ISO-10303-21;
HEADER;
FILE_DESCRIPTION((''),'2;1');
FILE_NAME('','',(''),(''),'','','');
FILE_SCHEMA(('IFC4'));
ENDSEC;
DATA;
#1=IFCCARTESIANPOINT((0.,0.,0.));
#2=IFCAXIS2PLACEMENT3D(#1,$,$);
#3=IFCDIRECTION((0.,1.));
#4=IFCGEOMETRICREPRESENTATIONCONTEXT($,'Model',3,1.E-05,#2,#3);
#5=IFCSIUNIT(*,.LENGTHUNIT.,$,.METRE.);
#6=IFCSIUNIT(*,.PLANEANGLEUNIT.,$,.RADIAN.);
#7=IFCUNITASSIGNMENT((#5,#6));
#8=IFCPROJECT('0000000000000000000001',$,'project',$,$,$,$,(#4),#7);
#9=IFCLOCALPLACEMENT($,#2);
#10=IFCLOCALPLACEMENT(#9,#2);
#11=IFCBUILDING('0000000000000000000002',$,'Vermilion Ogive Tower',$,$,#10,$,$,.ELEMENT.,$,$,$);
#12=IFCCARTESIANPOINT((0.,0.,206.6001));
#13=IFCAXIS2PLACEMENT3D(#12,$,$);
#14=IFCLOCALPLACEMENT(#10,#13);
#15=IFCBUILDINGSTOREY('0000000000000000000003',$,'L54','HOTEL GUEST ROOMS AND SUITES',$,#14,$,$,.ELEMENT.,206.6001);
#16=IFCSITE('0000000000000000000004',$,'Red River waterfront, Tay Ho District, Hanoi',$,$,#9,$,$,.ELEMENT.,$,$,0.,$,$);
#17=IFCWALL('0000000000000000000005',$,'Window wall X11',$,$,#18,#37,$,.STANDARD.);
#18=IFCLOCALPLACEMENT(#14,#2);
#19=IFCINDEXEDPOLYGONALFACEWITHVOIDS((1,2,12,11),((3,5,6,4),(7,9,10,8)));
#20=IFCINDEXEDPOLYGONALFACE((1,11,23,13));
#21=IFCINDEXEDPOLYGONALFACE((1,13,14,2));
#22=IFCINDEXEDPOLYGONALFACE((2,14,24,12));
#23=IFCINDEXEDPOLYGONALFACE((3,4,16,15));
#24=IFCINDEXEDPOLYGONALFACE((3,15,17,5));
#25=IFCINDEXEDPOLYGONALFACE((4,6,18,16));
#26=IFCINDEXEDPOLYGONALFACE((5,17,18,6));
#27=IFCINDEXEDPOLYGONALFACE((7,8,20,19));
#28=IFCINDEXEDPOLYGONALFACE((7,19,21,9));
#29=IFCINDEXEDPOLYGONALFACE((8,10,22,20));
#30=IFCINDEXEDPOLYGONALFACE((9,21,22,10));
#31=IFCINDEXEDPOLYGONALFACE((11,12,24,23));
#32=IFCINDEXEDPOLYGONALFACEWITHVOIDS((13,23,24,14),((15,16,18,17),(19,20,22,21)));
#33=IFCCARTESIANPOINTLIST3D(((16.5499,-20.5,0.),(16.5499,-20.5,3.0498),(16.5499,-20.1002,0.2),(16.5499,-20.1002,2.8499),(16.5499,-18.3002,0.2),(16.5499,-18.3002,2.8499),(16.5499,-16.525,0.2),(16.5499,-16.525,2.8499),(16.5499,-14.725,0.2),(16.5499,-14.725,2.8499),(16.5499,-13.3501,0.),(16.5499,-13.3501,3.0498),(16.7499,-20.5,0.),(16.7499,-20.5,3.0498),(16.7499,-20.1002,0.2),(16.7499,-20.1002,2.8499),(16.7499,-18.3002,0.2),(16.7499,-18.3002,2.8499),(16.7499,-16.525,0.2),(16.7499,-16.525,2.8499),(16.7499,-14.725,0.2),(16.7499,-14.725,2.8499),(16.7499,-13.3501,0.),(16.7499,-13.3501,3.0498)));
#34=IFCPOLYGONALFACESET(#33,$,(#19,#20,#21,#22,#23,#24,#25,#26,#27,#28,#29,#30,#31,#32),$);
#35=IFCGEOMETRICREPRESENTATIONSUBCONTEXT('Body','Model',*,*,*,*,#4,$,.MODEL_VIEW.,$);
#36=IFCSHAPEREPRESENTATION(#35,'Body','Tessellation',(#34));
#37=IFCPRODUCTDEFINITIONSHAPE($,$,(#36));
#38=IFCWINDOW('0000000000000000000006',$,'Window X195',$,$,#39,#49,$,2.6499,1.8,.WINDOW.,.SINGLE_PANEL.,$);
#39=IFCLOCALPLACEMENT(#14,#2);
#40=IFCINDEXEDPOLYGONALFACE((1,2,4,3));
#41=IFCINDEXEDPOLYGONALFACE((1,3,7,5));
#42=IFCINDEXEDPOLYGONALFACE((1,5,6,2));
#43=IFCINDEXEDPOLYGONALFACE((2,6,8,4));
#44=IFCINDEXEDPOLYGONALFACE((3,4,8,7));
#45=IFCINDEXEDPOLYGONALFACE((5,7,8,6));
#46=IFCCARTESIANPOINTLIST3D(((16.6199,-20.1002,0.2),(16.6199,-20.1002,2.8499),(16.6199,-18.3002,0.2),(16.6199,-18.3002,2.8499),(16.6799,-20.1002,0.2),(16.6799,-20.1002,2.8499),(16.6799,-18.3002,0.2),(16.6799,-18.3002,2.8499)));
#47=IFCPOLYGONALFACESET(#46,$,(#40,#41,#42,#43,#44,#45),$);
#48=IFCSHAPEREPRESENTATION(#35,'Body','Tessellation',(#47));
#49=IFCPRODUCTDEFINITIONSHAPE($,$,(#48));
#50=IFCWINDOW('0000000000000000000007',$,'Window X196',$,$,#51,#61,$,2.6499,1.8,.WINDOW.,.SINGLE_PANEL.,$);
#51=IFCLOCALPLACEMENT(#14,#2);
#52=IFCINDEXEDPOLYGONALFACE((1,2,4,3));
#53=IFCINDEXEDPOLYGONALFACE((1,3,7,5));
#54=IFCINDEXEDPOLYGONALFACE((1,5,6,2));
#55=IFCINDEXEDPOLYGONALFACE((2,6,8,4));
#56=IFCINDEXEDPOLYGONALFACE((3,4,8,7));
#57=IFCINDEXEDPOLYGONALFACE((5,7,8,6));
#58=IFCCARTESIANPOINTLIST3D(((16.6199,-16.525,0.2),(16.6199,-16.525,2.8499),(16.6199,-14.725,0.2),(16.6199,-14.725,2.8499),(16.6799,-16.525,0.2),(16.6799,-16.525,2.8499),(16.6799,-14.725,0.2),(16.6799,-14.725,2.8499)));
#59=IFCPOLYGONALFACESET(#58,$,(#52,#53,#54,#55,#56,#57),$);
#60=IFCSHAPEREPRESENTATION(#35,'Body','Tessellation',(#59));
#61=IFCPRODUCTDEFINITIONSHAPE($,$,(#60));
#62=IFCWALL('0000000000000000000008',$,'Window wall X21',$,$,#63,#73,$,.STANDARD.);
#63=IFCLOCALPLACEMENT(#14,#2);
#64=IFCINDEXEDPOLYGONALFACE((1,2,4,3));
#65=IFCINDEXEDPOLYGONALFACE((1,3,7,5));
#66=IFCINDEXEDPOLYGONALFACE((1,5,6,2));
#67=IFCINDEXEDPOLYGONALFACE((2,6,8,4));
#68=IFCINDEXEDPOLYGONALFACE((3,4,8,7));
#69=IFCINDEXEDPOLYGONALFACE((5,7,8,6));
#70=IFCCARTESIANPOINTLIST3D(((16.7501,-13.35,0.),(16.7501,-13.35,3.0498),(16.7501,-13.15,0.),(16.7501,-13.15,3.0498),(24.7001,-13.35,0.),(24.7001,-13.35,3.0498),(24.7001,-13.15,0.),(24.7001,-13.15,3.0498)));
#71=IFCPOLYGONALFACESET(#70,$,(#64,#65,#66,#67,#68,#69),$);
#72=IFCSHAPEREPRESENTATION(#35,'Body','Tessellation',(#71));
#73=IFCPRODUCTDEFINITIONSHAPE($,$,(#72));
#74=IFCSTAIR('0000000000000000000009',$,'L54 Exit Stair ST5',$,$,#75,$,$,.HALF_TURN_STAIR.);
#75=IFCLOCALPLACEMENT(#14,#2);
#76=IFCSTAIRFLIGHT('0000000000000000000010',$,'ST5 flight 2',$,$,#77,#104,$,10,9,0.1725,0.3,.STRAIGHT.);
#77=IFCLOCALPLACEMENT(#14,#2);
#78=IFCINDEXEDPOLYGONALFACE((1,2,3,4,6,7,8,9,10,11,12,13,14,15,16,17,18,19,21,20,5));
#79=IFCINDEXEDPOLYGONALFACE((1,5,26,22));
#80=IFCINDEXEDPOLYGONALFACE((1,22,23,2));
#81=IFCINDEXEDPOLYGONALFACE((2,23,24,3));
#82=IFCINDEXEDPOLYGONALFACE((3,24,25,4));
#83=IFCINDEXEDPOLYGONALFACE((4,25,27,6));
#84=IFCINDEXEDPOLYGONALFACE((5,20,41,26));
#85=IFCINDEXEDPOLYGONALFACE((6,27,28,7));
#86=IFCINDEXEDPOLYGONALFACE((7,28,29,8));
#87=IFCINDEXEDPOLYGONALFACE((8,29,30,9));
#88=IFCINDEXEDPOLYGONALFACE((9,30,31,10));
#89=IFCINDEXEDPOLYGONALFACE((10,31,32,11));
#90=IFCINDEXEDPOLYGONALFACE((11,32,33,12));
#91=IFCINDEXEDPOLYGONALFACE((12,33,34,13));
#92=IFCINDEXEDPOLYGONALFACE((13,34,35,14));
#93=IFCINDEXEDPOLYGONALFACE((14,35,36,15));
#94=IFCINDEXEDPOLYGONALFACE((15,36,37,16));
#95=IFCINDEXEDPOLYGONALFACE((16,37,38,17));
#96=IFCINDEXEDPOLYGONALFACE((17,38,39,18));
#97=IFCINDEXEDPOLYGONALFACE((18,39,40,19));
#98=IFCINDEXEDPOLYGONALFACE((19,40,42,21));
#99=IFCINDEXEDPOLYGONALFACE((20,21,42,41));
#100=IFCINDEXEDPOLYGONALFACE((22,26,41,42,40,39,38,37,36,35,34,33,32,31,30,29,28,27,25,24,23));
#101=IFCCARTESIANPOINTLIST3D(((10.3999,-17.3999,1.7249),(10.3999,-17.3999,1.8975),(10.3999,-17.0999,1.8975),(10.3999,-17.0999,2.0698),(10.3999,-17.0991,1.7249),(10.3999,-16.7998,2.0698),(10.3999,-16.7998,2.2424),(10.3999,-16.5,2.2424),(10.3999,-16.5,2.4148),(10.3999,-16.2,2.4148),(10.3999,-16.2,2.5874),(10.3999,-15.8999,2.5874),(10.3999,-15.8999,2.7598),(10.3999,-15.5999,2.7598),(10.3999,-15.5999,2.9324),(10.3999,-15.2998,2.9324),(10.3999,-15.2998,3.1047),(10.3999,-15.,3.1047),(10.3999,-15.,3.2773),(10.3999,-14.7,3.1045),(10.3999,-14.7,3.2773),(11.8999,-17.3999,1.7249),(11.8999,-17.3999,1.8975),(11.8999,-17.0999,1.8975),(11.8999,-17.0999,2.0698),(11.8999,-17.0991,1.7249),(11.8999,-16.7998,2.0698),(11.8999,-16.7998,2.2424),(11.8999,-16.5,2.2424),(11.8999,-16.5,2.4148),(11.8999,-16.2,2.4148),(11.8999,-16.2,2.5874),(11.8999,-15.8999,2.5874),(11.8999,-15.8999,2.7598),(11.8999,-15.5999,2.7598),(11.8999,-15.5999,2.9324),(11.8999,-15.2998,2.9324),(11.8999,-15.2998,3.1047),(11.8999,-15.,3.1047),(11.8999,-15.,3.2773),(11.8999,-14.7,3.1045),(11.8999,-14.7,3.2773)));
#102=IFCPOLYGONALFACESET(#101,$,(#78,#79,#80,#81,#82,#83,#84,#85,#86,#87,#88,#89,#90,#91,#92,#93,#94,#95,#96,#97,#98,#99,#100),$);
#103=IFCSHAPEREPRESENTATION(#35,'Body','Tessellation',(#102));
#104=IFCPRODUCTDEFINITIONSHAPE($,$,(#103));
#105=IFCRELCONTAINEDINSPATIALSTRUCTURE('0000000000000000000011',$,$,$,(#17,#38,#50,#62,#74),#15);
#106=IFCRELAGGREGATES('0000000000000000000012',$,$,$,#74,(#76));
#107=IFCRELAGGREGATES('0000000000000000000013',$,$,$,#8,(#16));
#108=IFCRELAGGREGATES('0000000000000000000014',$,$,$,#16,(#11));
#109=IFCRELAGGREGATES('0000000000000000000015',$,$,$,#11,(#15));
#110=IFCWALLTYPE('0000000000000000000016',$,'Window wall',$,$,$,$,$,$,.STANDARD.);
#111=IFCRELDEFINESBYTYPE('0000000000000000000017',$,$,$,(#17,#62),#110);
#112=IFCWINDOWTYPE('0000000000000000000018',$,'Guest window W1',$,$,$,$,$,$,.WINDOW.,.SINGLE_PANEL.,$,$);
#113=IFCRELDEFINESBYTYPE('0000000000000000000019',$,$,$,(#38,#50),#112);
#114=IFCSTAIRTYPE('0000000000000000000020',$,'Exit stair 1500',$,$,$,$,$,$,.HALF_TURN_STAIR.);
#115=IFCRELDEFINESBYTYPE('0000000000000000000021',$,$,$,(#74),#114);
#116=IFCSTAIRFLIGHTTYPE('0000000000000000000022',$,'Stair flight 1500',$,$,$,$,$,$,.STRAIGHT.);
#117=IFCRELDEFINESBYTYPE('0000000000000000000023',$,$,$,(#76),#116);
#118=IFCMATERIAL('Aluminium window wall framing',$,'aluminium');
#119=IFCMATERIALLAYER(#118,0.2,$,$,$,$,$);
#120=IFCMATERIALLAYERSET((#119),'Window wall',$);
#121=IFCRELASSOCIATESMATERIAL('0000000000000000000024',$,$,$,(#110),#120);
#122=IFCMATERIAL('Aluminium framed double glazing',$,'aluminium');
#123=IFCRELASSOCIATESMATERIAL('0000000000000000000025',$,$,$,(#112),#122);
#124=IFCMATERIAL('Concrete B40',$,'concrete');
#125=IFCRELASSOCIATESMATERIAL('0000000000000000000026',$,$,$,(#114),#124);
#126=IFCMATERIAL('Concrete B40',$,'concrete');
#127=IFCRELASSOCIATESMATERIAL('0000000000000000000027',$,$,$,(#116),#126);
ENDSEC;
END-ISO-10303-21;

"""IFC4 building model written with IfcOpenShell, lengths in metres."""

from ifc_helpers import new_model, si_unit, direction, frame, frame_2d, origin, place, context, subcontext, project, spatial, polyline, rectangle, outline, extrude, material, layer, layer_set, type_object, element, fill, aggregate, save


model = new_model("IFC4")

# Units and contexts
model_context = context("Model", 3, precision=1e-05, world=origin(), true_north=direction((0.0, 1.0)))
body_context = subcontext(model_context, "Body", "Model", "MODEL_VIEW")
ifc_project = project(units=[si_unit("LENGTHUNIT", "METRE"), si_unit("PLANEANGLEUNIT", "RADIAN")], contexts=[model_context])

# Site, building, storey
site_placement = place(None, origin())
site = spatial("IfcSite", under=ifc_project, at=site_placement, Name="Red River waterfront, Tay Ho District, Hanoi", CompositionType="ELEMENT", RefElevation=0.0)
building_placement = place(site_placement, origin())
building = spatial("IfcBuilding", under=site, at=building_placement, Name="Vermilion Ogive Tower", CompositionType="ELEMENT")
storey_placement = place(building_placement, frame((0.0, 0.0, 206.6001)))
storey = spatial("IfcBuildingStorey", under=building, at=storey_placement, Name="L54", Description="HOTEL GUEST ROOMS AND SUITES", CompositionType="ELEMENT", Elevation=206.6001)

# Wall, openings, windows
ifc_material_1 = material(Name="Aluminium window wall framing", Category="aluminium")
ifc_layer_1 = layer(ifc_material_1, 0.2)
ifc_layer_set_1 = layer_set([ifc_layer_1], Name="Window wall")
wall_type_1 = type_object("IfcWallType", Name="Window wall", PredefinedType="STANDARD", material=ifc_layer_set_1)
wall_1_placement = place(storey_placement, frame((16.6499, -20.5, 0.0), z_axis=(0.0, 0.0, 1.0), x_axis=(0.0, 1.0, 0.0)))
wall_1 = element("IfcWall", 1, at=wall_1_placement, inside=storey, type_object=wall_type_1, Name="Window wall X11", PredefinedType="STANDARD", context=body_context, shape_type="SweptSolid", body=[
    extrude(rectangle(XDim=7.1499, YDim=0.2, at=frame_2d((3.575, 0.0))), origin(), (0.0, 0.0, 1.0), 3.0498),
])
opening_1_placement = place(wall_1_placement, frame((0.3999, 0.0, 0.2)))
opening_1 = element("IfcOpeningElement", 2, at=opening_1_placement, cuts=wall_1, PredefinedType="OPENING", context=body_context, shape_type="SweptSolid", body=[
    extrude(rectangle(XDim=1.8, YDim=2.6499, at=frame_2d((0.8999, 1.325))), frame((0.0, 0.1099, 0.0), z_axis=(0.0, -1.0, 0.0), x_axis=(1.0, 0.0, 0.0)), (0.0, 0.0, 1.0), 0.22),
])
opening_2_placement = place(wall_1_placement, frame((3.9751, 0.0, 0.2)))
opening_2 = element("IfcOpeningElement", 3, at=opening_2_placement, cuts=wall_1, PredefinedType="OPENING", context=body_context, shape_type="SweptSolid", body=[
    extrude(rectangle(XDim=1.8, YDim=2.6499, at=frame_2d((0.8999, 1.325))), frame((0.0, 0.1099, 0.0), z_axis=(0.0, -1.0, 0.0), x_axis=(1.0, 0.0, 0.0)), (0.0, 0.0, 1.0), 0.22),
])
ifc_material_2 = material(Name="Aluminium framed double glazing", Category="aluminium")
window_type = type_object("IfcWindowType", Name="Guest window W1", PartitioningType="SINGLE_PANEL", PredefinedType="WINDOW", material=ifc_material_2)
window_1_placement = place(opening_1_placement, origin())
window_1 = element("IfcWindow", 4, at=window_1_placement, inside=storey, type_object=window_type, Name="Window X195", OverallHeight=2.6499, OverallWidth=1.8, PartitioningType="SINGLE_PANEL", PredefinedType="WINDOW", context=body_context, shape_type="SweptSolid", body=[
    extrude(rectangle(XDim=1.8, YDim=2.6499, at=frame_2d((0.8999, 1.325))), frame((0.0, 0.03, 0.0), z_axis=(0.0, -1.0, 0.0), x_axis=(1.0, 0.0, 0.0)), (0.0, 0.0, 1.0), 0.0601),
])
fill(opening_1, window_1)
window_2_placement = place(opening_2_placement, origin())
window_2 = element("IfcWindow", 5, at=window_2_placement, inside=storey, type_object=window_type, Name="Window X196", OverallHeight=2.6499, OverallWidth=1.8, PartitioningType="SINGLE_PANEL", PredefinedType="WINDOW", context=body_context, shape_type="SweptSolid", body=[
    extrude(rectangle(XDim=1.8, YDim=2.6499, at=frame_2d((0.8999, 1.325))), frame((0.0, 0.03, 0.0), z_axis=(0.0, -1.0, 0.0), x_axis=(1.0, 0.0, 0.0)), (0.0, 0.0, 1.0), 0.0601),
])
fill(opening_2, window_2)

# Wall
wall_2_placement = place(storey_placement, frame((16.75, -13.25, 0.0), z_axis=(0.0, 0.0, 1.0), x_axis=(1.0, 0.0, 0.0)))
element("IfcWall", 6, at=wall_2_placement, inside=storey, type_object=wall_type_1, Name="Window wall X21", PredefinedType="STANDARD", context=body_context, shape_type="SweptSolid", body=[
    extrude(rectangle(XDim=7.95, YDim=0.2, at=frame_2d((3.9751, 0.0))), origin(), (0.0, 0.0, 1.0), 3.0498),
])

# Stair, stair flight
ifc_material_3 = material(Name="Concrete B40", Category="concrete")
stair_type = type_object("IfcStairType", Name="Exit stair 1500", PredefinedType="HALF_TURN_STAIR", material=ifc_material_3)
stair_placement = place(storey_placement, origin())
stair = element("IfcStair", 7, at=stair_placement, inside=storey, type_object=stair_type, Name="L54 Exit Stair ST5", PredefinedType="HALF_TURN_STAIR")
ifc_material_4 = material(Name="Concrete B40", Category="concrete")
stair_flight_type = type_object("IfcStairFlightType", Name="Stair flight 1500", PredefinedType="STRAIGHT", material=ifc_material_4)
stair_flight_placement = place(storey_placement, frame((11.1499, -17.3999, 1.7249), z_axis=(0.0, 0.0, 1.0), x_axis=(0.0, 1.0, 0.0)))
stair_flight = element("IfcStairFlight", 8, at=stair_flight_placement, type_object=stair_flight_type, Name="ST5 flight 2", NumberOfRisers=10, NumberOfTreads=9, PredefinedType="STRAIGHT", RiserHeight=0.1725, TreadLength=0.3, context=body_context, shape_type="SweptSolid", body=[
    extrude(outline(polyline([(0.0, 0.0), (0.0, 0.1726), (0.3, 0.1726), (0.3, 0.345), (0.6001, 0.345), (0.6001, 0.5176), (0.8999, 0.5176), (0.8999, 0.6899), (1.2, 0.6899), (1.2, 0.8625), (1.5, 0.8625), (1.5, 1.0349), (1.8, 1.0349), (1.8, 1.2075), (2.1001, 1.2075), (2.1001, 1.3799), (2.3999, 1.3799), (2.3999, 1.5525), (2.7, 1.5525), (2.7, 1.7251), (2.7, 1.3796), (0.3008, 0.0), (0.0, 0.0)])), frame((0.0, 0.75, 0.0), z_axis=(0.0, -1.0, 0.0), x_axis=(1.0, 0.0, 0.0)), (0.0, 0.0, 1.0), 1.5),
])
aggregate(stair, [stair_flight])

save(model, "model.ifc")
